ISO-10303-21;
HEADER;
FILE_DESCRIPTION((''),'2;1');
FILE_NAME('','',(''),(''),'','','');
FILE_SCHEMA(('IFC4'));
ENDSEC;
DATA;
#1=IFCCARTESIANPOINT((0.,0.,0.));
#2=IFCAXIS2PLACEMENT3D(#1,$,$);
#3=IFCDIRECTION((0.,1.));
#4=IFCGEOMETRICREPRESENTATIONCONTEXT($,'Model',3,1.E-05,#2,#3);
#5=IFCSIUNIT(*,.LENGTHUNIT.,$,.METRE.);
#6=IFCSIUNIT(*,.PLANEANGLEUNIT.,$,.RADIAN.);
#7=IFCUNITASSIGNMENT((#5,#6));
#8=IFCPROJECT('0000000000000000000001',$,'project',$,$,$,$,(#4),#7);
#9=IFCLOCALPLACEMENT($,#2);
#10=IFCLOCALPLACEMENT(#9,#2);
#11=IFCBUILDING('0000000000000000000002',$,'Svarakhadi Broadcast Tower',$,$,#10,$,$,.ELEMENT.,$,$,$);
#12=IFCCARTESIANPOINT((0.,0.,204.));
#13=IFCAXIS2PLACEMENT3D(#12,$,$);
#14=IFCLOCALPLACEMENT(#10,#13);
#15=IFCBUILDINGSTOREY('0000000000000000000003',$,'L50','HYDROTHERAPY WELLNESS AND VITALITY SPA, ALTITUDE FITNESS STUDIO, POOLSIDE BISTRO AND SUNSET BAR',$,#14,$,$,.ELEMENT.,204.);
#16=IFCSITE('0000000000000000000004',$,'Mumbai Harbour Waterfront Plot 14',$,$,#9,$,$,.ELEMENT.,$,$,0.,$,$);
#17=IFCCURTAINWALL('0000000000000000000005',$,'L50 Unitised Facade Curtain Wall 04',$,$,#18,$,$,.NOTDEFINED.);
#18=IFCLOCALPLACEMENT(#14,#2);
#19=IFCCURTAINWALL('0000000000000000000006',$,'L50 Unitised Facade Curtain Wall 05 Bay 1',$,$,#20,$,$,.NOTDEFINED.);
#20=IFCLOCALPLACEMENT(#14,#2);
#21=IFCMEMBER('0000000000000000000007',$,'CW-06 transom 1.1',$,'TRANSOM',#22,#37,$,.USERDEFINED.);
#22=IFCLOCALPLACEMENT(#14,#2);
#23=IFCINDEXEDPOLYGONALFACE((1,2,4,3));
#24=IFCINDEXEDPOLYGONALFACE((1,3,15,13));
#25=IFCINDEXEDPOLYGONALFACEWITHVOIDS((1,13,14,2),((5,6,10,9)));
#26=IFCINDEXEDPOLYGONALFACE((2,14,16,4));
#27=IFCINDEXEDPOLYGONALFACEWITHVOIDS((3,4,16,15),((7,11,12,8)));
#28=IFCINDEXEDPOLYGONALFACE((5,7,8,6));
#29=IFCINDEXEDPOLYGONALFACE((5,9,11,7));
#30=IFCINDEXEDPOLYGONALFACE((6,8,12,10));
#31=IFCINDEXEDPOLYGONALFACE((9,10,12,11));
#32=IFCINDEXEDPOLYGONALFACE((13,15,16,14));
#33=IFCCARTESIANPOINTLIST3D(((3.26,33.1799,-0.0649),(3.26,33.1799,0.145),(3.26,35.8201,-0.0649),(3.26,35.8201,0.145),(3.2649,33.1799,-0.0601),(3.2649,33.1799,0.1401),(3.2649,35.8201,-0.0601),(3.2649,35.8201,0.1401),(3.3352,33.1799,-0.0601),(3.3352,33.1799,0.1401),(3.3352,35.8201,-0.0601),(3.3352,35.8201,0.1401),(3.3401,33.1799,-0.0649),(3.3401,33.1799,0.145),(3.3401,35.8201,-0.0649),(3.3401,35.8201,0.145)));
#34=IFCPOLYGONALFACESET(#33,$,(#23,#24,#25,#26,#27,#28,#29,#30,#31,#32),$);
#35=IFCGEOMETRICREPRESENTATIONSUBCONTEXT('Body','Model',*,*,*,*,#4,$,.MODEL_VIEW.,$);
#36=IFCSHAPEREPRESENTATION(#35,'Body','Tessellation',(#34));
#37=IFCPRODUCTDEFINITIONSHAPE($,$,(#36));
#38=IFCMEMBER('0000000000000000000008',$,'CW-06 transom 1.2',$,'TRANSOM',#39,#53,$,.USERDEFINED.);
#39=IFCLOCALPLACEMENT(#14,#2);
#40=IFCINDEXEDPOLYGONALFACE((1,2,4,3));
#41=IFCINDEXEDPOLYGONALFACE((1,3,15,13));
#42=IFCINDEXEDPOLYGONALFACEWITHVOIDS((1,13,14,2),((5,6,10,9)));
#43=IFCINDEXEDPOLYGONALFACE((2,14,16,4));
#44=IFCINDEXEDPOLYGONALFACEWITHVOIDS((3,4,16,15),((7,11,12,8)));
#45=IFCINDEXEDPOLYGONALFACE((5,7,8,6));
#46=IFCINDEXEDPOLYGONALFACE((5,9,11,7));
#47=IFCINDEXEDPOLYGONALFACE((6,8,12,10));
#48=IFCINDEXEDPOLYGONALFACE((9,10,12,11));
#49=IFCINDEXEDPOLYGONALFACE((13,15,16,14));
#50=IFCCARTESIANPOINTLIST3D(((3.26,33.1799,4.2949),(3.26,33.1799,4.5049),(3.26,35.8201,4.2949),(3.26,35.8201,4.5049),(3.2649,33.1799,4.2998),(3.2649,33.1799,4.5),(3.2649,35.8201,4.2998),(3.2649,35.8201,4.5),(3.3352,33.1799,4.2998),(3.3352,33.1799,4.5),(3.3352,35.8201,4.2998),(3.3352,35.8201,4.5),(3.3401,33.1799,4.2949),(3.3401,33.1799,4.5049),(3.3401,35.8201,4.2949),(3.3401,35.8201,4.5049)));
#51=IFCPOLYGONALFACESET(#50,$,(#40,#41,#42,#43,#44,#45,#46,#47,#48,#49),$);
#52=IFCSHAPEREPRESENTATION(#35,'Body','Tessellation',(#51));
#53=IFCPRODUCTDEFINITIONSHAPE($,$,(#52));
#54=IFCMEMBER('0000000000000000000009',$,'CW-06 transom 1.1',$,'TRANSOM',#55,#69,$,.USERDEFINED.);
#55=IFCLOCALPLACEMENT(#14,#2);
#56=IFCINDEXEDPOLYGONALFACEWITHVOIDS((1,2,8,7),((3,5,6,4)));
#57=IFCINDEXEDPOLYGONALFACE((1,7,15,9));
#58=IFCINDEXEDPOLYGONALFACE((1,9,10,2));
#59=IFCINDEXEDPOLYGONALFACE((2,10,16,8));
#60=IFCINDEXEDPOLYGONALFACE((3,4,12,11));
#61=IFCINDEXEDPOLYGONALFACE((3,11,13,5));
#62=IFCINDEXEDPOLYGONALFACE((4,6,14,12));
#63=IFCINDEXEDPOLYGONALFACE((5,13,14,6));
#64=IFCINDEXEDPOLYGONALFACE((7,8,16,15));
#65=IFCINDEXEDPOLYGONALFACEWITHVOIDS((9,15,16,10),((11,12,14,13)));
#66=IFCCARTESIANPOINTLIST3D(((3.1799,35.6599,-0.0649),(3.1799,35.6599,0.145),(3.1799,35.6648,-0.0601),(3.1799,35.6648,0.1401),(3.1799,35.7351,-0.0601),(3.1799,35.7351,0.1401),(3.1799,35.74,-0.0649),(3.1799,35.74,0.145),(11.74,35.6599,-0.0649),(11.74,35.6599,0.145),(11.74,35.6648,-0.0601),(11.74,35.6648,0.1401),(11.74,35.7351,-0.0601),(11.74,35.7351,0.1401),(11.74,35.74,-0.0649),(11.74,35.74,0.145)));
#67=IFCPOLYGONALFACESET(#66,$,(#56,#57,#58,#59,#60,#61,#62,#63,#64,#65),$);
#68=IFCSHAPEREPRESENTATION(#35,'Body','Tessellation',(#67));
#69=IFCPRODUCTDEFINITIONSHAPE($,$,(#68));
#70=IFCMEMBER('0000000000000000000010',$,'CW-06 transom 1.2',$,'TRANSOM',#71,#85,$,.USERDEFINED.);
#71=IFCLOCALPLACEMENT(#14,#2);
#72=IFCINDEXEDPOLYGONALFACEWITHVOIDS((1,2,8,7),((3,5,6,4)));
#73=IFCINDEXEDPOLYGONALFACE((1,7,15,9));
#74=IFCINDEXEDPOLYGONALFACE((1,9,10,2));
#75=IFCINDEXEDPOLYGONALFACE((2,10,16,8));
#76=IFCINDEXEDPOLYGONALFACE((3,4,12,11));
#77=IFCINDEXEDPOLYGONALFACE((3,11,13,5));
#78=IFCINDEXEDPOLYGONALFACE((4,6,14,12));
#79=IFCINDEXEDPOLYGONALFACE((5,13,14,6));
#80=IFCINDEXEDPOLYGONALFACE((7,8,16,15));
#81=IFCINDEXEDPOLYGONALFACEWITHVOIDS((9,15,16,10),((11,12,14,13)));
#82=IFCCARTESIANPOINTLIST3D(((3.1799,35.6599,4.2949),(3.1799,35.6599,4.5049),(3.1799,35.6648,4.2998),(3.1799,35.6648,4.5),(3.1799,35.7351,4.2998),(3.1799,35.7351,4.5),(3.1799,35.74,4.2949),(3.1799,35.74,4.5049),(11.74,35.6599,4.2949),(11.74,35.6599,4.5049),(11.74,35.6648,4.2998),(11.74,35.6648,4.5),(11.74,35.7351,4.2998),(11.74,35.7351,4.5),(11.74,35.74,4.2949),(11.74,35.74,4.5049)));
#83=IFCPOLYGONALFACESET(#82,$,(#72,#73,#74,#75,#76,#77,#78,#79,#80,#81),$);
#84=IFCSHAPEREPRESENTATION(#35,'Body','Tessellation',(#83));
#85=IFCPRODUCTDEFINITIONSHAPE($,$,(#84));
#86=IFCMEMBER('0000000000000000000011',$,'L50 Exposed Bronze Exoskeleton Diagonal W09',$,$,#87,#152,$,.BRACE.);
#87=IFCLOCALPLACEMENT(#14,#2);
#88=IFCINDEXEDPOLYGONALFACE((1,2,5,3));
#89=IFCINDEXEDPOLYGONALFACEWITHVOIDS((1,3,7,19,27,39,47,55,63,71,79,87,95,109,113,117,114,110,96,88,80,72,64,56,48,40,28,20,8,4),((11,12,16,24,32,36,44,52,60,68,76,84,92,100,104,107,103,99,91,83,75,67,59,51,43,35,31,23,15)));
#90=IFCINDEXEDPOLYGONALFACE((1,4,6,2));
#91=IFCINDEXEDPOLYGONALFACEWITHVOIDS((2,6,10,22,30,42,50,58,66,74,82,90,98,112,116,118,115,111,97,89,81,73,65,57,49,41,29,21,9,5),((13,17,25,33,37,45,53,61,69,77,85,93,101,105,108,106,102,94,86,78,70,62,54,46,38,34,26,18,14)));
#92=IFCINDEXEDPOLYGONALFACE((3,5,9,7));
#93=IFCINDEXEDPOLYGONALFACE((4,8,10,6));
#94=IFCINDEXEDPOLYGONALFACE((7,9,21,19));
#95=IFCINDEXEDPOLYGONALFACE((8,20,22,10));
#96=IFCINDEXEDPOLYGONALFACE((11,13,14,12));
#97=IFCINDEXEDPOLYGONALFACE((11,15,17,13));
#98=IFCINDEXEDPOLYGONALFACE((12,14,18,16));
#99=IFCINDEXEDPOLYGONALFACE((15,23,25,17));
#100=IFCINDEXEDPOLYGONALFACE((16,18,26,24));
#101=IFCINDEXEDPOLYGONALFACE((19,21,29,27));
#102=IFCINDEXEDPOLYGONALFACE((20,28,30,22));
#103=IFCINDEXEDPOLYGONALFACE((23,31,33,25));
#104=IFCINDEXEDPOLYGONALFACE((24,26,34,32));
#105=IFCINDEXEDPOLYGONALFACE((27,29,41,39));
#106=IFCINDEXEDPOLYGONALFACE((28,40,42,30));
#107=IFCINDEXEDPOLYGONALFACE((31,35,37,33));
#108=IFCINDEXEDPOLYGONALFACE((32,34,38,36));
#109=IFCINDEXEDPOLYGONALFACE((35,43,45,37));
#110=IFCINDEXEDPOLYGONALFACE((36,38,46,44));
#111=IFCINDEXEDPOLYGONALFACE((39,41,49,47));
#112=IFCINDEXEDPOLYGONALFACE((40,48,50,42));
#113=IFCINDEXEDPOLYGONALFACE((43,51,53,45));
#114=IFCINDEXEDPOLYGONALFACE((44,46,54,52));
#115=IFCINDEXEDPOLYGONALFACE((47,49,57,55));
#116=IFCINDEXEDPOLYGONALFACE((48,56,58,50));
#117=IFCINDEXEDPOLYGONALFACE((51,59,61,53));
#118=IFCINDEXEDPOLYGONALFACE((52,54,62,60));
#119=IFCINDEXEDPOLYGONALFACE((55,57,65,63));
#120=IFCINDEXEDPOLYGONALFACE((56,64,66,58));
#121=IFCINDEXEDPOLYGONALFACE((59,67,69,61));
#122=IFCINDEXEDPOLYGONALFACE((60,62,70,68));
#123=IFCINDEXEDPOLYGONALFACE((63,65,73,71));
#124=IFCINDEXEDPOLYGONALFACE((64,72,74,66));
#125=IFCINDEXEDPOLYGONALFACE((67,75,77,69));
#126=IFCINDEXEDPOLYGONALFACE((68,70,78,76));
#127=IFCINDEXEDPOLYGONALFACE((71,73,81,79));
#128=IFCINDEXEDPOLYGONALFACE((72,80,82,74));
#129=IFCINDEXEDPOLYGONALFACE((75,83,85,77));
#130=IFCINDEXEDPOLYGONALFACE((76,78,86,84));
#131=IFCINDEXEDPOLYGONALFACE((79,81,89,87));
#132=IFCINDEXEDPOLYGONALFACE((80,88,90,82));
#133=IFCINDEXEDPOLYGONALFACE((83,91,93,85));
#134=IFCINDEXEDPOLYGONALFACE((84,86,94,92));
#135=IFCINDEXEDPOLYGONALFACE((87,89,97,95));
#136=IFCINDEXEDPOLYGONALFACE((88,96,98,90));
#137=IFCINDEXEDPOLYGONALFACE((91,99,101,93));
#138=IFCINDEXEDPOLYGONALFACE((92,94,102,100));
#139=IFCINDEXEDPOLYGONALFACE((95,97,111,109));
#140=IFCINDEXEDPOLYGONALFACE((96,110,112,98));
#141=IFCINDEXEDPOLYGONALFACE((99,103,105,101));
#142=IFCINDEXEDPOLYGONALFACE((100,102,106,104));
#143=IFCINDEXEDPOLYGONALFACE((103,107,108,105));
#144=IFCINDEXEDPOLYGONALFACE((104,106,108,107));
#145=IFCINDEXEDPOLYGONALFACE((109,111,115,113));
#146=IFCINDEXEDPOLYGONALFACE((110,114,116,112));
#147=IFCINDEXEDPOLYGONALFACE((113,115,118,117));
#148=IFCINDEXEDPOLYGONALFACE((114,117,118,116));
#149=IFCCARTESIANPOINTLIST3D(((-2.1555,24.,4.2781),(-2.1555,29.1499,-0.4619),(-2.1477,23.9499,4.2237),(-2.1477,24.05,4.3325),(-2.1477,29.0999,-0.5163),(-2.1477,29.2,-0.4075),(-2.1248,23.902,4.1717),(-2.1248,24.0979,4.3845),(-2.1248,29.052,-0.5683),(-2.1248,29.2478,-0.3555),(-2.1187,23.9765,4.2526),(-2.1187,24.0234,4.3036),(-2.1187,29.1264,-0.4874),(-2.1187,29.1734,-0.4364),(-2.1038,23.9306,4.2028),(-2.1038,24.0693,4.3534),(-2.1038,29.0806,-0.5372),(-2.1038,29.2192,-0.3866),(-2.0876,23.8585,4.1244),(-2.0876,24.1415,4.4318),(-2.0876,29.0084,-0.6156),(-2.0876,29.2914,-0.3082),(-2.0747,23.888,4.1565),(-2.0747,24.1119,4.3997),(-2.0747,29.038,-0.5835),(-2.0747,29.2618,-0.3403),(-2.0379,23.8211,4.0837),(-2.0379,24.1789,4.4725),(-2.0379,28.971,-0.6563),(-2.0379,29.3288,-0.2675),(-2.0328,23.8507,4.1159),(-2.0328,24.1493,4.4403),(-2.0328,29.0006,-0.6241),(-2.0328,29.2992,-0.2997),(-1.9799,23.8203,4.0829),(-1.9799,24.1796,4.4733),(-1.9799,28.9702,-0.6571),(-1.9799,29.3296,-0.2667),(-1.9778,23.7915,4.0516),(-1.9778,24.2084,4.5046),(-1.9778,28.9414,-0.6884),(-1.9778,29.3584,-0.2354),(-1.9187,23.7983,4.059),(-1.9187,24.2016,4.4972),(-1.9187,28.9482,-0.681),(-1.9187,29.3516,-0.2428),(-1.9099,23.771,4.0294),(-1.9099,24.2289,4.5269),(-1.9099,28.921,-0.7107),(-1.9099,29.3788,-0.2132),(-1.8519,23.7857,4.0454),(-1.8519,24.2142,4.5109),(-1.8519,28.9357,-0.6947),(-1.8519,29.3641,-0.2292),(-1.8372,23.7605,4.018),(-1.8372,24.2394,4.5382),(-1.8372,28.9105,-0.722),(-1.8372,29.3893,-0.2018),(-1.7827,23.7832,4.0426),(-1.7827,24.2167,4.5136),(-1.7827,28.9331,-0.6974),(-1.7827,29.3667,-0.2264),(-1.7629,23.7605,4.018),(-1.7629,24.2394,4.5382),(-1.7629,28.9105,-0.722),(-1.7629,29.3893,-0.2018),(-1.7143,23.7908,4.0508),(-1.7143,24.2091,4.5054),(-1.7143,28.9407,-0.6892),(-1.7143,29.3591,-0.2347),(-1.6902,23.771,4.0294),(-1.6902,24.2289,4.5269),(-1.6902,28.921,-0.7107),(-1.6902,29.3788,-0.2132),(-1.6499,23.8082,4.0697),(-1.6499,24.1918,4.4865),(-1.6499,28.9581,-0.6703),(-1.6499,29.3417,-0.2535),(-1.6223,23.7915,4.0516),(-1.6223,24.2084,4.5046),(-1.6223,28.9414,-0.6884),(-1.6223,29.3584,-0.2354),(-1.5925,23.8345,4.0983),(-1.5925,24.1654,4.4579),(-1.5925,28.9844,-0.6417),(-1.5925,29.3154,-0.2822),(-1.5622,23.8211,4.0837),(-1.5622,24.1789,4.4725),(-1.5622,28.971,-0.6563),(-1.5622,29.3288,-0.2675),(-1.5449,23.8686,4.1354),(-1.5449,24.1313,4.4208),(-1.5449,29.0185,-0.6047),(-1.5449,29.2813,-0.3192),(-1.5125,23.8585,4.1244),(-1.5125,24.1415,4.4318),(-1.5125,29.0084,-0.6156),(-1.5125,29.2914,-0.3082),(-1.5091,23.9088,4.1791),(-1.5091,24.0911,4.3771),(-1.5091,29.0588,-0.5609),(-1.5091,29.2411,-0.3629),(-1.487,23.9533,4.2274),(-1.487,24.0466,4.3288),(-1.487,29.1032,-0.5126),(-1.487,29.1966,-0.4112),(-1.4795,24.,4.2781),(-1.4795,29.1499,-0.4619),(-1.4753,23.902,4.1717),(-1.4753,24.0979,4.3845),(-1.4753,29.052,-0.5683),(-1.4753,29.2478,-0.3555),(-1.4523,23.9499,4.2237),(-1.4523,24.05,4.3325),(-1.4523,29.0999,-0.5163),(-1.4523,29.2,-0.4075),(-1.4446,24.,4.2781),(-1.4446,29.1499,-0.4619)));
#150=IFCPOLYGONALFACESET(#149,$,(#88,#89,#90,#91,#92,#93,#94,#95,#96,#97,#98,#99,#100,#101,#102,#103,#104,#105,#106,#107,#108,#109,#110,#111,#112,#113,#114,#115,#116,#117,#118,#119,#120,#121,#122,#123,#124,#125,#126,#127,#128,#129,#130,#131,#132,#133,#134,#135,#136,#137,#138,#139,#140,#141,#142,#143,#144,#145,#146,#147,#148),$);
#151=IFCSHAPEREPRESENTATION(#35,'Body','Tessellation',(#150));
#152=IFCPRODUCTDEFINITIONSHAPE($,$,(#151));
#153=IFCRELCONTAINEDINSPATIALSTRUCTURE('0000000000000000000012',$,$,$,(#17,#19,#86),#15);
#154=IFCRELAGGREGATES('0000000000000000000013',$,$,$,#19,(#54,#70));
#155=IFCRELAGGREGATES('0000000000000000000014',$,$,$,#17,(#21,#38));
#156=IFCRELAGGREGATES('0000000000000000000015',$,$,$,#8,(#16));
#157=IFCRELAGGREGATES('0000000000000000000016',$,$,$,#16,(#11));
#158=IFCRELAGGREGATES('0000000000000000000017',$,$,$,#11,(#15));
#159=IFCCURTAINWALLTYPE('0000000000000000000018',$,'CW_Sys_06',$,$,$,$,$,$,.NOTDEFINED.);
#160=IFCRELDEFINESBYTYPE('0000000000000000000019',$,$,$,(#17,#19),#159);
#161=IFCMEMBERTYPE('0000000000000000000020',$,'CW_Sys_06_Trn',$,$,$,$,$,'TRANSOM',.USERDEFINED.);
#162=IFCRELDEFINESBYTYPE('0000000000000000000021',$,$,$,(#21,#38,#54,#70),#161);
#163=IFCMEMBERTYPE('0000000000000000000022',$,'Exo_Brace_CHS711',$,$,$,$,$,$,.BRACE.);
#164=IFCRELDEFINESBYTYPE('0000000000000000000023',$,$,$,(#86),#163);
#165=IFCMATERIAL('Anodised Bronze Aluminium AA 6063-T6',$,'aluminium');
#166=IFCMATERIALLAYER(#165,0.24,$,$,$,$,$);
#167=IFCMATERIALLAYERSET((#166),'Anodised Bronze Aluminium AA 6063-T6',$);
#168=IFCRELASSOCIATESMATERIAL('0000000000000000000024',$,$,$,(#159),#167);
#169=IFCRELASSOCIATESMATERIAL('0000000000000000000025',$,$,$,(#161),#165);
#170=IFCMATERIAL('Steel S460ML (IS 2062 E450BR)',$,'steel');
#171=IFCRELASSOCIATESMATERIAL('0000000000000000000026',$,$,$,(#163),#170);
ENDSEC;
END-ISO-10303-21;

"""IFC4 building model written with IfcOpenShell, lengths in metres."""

from ifc_helpers import new_model, si_unit, direction, frame, origin, origin_2d, place, context, subcontext, project, spatial, hollow_rectangle, hollow_circle, extrude, material, layer, layer_set, material_profile, profile_set, type_object, element, aggregate, save


model = new_model("IFC4")

# Units and contexts
model_context = context("Model", 3, precision=1e-05, world=origin(), true_north=direction((0.0, 1.0)))
body_context = subcontext(model_context, "Body", "Model", "MODEL_VIEW")
ifc_project = project(units=[si_unit("LENGTHUNIT", "METRE"), si_unit("PLANEANGLEUNIT", "RADIAN")], contexts=[model_context])

# Site, building, storey
site_placement = place(None, origin())
site = spatial("IfcSite", under=ifc_project, at=site_placement, Name="Mumbai Harbour Waterfront Plot 14", CompositionType="ELEMENT", RefElevation=0.0)
building_placement = place(site_placement, origin())
building = spatial("IfcBuilding", under=site, at=building_placement, Name="Svarakhadi Broadcast Tower", CompositionType="ELEMENT")
storey_placement = place(building_placement, frame((0.0, 0.0, 204.0)))
storey = spatial("IfcBuildingStorey", under=building, at=storey_placement, Name="L50", Description="HYDROTHERAPY WELLNESS AND VITALITY SPA, ALTITUDE FITNESS STUDIO, POOLSIDE BISTRO AND SUNSET BAR", CompositionType="ELEMENT", Elevation=204.0)

# Shared definitions
ifc_material_1 = material(Name="Steel S460ML (IS 2062 E450BR)", Category="steel")

# Shared definitions
ifc_material_2 = material(Name="Anodised Bronze Aluminium AA 6063-T6", Category="aluminium")
ifc_layer_1 = layer(ifc_material_2, 0.24)
ifc_layer_set_1 = layer_set([ifc_layer_1], Name="Anodised Bronze Aluminium AA 6063-T6")
curtain_wall_type = type_object("IfcCurtainWallType", Name="CW_Sys_06", PredefinedType="NOTDEFINED", material=ifc_layer_set_1)

# Curtain wall
curtain_wall_1_placement = place(storey_placement, origin())
curtain_wall_1 = element("IfcCurtainWall", 1, at=curtain_wall_1_placement, inside=storey, type_object=curtain_wall_type, Name="L50 Unitised Facade Curtain Wall 04", PredefinedType="NOTDEFINED")

# Curtain wall
curtain_wall_2_placement = place(storey_placement, origin())
curtain_wall_2 = element("IfcCurtainWall", 2, at=curtain_wall_2_placement, inside=storey, type_object=curtain_wall_type, Name="L50 Unitised Facade Curtain Wall 05 Bay 1", PredefinedType="NOTDEFINED")

# Members
ifc_material_profile_1 = material_profile(ifc_material_2, hollow_rectangle(XDim=0.0801, YDim=0.21, WallThickness=0.0049, at=origin_2d()), Name="ALU TRANSOM 210x80x5")
ifc_profile_set_1 = profile_set([ifc_material_profile_1], Name="Anodised Bronze Aluminium AA 6063-T6")
member_type_1 = type_object("IfcMemberType", Name="CW_Sys_06_Trn", ElementType="TRANSOM", PredefinedType="USERDEFINED", material=ifc_profile_set_1)
member_1_placement = place(storey_placement, frame((3.3, 33.1799, 0.04), z_axis=(0.0, 1.0, 0.0), x_axis=(-1.0, 0.0, 0.0)))
member_1 = element("IfcMember", 3, at=member_1_placement, type_object=member_type_1, Name="CW-06 transom 1.1", ObjectType="TRANSOM", PredefinedType="USERDEFINED", context=body_context, shape_type="SweptSolid", body=[
    extrude(hollow_rectangle(XDim=0.0801, YDim=0.21, WallThickness=0.0049, at=origin_2d()), origin(), (0.0, 0.0, 1.0), 2.6401),
])
member_2_placement = place(storey_placement, frame((3.3, 33.1799, 4.3999), z_axis=(0.0, 1.0, 0.0), x_axis=(-1.0, 0.0, 0.0)))
member_2 = element("IfcMember", 4, at=member_2_placement, type_object=member_type_1, Name="CW-06 transom 1.2", ObjectType="TRANSOM", PredefinedType="USERDEFINED", context=body_context, shape_type="SweptSolid", body=[
    extrude(hollow_rectangle(XDim=0.0801, YDim=0.21, WallThickness=0.0049, at=origin_2d()), origin(), (0.0, 0.0, 1.0), 2.6401),
])
member_3_placement = place(storey_placement, frame((3.1799, 35.7, 0.04), z_axis=(1.0, 0.0, 0.0), x_axis=(0.0, 1.0, 0.0)))
member_3 = element("IfcMember", 5, at=member_3_placement, type_object=member_type_1, Name="CW-06 transom 1.1", ObjectType="TRANSOM", PredefinedType="USERDEFINED", context=body_context, shape_type="SweptSolid", body=[
    extrude(hollow_rectangle(XDim=0.0801, YDim=0.21, WallThickness=0.0049, at=origin_2d()), origin(), (0.0, 0.0, 1.0), 8.5601),
])
member_4_placement = place(storey_placement, frame((3.1799, 35.7, 4.3999), z_axis=(1.0, 0.0, 0.0), x_axis=(0.0, 1.0, 0.0)))
member_4 = element("IfcMember", 6, at=member_4_placement, type_object=member_type_1, Name="CW-06 transom 1.2", ObjectType="TRANSOM", PredefinedType="USERDEFINED", context=body_context, shape_type="SweptSolid", body=[
    extrude(hollow_rectangle(XDim=0.0801, YDim=0.21, WallThickness=0.0049, at=origin_2d()), origin(), (0.0, 0.0, 1.0), 8.5601),
])
aggregate(curtain_wall_2, [member_3, member_4])

# Member
ifc_material_profile_2 = material_profile(ifc_material_1, hollow_circle(Radius=0.3555, WallThickness=0.0349, at=origin_2d()), Name="CHS 711x35")
ifc_profile_set_2 = profile_set([ifc_material_profile_2], Name="Steel S460ML (IS 2062 E450BR)")
member_type_2 = type_object("IfcMemberType", Name="Exo_Brace_CHS711", PredefinedType="BRACE", material=ifc_profile_set_2)
member_5_placement = place(storey_placement, frame((-1.8, 29.1499, -0.4619), z_axis=(0.0, -0.735783, 0.677217), x_axis=(1.0, 0.0, 0.0)))
element("IfcMember", 7, at=member_5_placement, inside=storey, type_object=member_type_2, Name="L50 Exposed Bronze Exoskeleton Diagonal W09", PredefinedType="BRACE", context=body_context, shape_type="SweptSolid", body=[
    extrude(hollow_circle(Radius=0.3555, WallThickness=0.0349, at=origin_2d()), origin(), (0.0, 0.0, 1.0), 6.9993),
])

aggregate(curtain_wall_1, [member_1, member_2])

save(model, "model.ifc")
